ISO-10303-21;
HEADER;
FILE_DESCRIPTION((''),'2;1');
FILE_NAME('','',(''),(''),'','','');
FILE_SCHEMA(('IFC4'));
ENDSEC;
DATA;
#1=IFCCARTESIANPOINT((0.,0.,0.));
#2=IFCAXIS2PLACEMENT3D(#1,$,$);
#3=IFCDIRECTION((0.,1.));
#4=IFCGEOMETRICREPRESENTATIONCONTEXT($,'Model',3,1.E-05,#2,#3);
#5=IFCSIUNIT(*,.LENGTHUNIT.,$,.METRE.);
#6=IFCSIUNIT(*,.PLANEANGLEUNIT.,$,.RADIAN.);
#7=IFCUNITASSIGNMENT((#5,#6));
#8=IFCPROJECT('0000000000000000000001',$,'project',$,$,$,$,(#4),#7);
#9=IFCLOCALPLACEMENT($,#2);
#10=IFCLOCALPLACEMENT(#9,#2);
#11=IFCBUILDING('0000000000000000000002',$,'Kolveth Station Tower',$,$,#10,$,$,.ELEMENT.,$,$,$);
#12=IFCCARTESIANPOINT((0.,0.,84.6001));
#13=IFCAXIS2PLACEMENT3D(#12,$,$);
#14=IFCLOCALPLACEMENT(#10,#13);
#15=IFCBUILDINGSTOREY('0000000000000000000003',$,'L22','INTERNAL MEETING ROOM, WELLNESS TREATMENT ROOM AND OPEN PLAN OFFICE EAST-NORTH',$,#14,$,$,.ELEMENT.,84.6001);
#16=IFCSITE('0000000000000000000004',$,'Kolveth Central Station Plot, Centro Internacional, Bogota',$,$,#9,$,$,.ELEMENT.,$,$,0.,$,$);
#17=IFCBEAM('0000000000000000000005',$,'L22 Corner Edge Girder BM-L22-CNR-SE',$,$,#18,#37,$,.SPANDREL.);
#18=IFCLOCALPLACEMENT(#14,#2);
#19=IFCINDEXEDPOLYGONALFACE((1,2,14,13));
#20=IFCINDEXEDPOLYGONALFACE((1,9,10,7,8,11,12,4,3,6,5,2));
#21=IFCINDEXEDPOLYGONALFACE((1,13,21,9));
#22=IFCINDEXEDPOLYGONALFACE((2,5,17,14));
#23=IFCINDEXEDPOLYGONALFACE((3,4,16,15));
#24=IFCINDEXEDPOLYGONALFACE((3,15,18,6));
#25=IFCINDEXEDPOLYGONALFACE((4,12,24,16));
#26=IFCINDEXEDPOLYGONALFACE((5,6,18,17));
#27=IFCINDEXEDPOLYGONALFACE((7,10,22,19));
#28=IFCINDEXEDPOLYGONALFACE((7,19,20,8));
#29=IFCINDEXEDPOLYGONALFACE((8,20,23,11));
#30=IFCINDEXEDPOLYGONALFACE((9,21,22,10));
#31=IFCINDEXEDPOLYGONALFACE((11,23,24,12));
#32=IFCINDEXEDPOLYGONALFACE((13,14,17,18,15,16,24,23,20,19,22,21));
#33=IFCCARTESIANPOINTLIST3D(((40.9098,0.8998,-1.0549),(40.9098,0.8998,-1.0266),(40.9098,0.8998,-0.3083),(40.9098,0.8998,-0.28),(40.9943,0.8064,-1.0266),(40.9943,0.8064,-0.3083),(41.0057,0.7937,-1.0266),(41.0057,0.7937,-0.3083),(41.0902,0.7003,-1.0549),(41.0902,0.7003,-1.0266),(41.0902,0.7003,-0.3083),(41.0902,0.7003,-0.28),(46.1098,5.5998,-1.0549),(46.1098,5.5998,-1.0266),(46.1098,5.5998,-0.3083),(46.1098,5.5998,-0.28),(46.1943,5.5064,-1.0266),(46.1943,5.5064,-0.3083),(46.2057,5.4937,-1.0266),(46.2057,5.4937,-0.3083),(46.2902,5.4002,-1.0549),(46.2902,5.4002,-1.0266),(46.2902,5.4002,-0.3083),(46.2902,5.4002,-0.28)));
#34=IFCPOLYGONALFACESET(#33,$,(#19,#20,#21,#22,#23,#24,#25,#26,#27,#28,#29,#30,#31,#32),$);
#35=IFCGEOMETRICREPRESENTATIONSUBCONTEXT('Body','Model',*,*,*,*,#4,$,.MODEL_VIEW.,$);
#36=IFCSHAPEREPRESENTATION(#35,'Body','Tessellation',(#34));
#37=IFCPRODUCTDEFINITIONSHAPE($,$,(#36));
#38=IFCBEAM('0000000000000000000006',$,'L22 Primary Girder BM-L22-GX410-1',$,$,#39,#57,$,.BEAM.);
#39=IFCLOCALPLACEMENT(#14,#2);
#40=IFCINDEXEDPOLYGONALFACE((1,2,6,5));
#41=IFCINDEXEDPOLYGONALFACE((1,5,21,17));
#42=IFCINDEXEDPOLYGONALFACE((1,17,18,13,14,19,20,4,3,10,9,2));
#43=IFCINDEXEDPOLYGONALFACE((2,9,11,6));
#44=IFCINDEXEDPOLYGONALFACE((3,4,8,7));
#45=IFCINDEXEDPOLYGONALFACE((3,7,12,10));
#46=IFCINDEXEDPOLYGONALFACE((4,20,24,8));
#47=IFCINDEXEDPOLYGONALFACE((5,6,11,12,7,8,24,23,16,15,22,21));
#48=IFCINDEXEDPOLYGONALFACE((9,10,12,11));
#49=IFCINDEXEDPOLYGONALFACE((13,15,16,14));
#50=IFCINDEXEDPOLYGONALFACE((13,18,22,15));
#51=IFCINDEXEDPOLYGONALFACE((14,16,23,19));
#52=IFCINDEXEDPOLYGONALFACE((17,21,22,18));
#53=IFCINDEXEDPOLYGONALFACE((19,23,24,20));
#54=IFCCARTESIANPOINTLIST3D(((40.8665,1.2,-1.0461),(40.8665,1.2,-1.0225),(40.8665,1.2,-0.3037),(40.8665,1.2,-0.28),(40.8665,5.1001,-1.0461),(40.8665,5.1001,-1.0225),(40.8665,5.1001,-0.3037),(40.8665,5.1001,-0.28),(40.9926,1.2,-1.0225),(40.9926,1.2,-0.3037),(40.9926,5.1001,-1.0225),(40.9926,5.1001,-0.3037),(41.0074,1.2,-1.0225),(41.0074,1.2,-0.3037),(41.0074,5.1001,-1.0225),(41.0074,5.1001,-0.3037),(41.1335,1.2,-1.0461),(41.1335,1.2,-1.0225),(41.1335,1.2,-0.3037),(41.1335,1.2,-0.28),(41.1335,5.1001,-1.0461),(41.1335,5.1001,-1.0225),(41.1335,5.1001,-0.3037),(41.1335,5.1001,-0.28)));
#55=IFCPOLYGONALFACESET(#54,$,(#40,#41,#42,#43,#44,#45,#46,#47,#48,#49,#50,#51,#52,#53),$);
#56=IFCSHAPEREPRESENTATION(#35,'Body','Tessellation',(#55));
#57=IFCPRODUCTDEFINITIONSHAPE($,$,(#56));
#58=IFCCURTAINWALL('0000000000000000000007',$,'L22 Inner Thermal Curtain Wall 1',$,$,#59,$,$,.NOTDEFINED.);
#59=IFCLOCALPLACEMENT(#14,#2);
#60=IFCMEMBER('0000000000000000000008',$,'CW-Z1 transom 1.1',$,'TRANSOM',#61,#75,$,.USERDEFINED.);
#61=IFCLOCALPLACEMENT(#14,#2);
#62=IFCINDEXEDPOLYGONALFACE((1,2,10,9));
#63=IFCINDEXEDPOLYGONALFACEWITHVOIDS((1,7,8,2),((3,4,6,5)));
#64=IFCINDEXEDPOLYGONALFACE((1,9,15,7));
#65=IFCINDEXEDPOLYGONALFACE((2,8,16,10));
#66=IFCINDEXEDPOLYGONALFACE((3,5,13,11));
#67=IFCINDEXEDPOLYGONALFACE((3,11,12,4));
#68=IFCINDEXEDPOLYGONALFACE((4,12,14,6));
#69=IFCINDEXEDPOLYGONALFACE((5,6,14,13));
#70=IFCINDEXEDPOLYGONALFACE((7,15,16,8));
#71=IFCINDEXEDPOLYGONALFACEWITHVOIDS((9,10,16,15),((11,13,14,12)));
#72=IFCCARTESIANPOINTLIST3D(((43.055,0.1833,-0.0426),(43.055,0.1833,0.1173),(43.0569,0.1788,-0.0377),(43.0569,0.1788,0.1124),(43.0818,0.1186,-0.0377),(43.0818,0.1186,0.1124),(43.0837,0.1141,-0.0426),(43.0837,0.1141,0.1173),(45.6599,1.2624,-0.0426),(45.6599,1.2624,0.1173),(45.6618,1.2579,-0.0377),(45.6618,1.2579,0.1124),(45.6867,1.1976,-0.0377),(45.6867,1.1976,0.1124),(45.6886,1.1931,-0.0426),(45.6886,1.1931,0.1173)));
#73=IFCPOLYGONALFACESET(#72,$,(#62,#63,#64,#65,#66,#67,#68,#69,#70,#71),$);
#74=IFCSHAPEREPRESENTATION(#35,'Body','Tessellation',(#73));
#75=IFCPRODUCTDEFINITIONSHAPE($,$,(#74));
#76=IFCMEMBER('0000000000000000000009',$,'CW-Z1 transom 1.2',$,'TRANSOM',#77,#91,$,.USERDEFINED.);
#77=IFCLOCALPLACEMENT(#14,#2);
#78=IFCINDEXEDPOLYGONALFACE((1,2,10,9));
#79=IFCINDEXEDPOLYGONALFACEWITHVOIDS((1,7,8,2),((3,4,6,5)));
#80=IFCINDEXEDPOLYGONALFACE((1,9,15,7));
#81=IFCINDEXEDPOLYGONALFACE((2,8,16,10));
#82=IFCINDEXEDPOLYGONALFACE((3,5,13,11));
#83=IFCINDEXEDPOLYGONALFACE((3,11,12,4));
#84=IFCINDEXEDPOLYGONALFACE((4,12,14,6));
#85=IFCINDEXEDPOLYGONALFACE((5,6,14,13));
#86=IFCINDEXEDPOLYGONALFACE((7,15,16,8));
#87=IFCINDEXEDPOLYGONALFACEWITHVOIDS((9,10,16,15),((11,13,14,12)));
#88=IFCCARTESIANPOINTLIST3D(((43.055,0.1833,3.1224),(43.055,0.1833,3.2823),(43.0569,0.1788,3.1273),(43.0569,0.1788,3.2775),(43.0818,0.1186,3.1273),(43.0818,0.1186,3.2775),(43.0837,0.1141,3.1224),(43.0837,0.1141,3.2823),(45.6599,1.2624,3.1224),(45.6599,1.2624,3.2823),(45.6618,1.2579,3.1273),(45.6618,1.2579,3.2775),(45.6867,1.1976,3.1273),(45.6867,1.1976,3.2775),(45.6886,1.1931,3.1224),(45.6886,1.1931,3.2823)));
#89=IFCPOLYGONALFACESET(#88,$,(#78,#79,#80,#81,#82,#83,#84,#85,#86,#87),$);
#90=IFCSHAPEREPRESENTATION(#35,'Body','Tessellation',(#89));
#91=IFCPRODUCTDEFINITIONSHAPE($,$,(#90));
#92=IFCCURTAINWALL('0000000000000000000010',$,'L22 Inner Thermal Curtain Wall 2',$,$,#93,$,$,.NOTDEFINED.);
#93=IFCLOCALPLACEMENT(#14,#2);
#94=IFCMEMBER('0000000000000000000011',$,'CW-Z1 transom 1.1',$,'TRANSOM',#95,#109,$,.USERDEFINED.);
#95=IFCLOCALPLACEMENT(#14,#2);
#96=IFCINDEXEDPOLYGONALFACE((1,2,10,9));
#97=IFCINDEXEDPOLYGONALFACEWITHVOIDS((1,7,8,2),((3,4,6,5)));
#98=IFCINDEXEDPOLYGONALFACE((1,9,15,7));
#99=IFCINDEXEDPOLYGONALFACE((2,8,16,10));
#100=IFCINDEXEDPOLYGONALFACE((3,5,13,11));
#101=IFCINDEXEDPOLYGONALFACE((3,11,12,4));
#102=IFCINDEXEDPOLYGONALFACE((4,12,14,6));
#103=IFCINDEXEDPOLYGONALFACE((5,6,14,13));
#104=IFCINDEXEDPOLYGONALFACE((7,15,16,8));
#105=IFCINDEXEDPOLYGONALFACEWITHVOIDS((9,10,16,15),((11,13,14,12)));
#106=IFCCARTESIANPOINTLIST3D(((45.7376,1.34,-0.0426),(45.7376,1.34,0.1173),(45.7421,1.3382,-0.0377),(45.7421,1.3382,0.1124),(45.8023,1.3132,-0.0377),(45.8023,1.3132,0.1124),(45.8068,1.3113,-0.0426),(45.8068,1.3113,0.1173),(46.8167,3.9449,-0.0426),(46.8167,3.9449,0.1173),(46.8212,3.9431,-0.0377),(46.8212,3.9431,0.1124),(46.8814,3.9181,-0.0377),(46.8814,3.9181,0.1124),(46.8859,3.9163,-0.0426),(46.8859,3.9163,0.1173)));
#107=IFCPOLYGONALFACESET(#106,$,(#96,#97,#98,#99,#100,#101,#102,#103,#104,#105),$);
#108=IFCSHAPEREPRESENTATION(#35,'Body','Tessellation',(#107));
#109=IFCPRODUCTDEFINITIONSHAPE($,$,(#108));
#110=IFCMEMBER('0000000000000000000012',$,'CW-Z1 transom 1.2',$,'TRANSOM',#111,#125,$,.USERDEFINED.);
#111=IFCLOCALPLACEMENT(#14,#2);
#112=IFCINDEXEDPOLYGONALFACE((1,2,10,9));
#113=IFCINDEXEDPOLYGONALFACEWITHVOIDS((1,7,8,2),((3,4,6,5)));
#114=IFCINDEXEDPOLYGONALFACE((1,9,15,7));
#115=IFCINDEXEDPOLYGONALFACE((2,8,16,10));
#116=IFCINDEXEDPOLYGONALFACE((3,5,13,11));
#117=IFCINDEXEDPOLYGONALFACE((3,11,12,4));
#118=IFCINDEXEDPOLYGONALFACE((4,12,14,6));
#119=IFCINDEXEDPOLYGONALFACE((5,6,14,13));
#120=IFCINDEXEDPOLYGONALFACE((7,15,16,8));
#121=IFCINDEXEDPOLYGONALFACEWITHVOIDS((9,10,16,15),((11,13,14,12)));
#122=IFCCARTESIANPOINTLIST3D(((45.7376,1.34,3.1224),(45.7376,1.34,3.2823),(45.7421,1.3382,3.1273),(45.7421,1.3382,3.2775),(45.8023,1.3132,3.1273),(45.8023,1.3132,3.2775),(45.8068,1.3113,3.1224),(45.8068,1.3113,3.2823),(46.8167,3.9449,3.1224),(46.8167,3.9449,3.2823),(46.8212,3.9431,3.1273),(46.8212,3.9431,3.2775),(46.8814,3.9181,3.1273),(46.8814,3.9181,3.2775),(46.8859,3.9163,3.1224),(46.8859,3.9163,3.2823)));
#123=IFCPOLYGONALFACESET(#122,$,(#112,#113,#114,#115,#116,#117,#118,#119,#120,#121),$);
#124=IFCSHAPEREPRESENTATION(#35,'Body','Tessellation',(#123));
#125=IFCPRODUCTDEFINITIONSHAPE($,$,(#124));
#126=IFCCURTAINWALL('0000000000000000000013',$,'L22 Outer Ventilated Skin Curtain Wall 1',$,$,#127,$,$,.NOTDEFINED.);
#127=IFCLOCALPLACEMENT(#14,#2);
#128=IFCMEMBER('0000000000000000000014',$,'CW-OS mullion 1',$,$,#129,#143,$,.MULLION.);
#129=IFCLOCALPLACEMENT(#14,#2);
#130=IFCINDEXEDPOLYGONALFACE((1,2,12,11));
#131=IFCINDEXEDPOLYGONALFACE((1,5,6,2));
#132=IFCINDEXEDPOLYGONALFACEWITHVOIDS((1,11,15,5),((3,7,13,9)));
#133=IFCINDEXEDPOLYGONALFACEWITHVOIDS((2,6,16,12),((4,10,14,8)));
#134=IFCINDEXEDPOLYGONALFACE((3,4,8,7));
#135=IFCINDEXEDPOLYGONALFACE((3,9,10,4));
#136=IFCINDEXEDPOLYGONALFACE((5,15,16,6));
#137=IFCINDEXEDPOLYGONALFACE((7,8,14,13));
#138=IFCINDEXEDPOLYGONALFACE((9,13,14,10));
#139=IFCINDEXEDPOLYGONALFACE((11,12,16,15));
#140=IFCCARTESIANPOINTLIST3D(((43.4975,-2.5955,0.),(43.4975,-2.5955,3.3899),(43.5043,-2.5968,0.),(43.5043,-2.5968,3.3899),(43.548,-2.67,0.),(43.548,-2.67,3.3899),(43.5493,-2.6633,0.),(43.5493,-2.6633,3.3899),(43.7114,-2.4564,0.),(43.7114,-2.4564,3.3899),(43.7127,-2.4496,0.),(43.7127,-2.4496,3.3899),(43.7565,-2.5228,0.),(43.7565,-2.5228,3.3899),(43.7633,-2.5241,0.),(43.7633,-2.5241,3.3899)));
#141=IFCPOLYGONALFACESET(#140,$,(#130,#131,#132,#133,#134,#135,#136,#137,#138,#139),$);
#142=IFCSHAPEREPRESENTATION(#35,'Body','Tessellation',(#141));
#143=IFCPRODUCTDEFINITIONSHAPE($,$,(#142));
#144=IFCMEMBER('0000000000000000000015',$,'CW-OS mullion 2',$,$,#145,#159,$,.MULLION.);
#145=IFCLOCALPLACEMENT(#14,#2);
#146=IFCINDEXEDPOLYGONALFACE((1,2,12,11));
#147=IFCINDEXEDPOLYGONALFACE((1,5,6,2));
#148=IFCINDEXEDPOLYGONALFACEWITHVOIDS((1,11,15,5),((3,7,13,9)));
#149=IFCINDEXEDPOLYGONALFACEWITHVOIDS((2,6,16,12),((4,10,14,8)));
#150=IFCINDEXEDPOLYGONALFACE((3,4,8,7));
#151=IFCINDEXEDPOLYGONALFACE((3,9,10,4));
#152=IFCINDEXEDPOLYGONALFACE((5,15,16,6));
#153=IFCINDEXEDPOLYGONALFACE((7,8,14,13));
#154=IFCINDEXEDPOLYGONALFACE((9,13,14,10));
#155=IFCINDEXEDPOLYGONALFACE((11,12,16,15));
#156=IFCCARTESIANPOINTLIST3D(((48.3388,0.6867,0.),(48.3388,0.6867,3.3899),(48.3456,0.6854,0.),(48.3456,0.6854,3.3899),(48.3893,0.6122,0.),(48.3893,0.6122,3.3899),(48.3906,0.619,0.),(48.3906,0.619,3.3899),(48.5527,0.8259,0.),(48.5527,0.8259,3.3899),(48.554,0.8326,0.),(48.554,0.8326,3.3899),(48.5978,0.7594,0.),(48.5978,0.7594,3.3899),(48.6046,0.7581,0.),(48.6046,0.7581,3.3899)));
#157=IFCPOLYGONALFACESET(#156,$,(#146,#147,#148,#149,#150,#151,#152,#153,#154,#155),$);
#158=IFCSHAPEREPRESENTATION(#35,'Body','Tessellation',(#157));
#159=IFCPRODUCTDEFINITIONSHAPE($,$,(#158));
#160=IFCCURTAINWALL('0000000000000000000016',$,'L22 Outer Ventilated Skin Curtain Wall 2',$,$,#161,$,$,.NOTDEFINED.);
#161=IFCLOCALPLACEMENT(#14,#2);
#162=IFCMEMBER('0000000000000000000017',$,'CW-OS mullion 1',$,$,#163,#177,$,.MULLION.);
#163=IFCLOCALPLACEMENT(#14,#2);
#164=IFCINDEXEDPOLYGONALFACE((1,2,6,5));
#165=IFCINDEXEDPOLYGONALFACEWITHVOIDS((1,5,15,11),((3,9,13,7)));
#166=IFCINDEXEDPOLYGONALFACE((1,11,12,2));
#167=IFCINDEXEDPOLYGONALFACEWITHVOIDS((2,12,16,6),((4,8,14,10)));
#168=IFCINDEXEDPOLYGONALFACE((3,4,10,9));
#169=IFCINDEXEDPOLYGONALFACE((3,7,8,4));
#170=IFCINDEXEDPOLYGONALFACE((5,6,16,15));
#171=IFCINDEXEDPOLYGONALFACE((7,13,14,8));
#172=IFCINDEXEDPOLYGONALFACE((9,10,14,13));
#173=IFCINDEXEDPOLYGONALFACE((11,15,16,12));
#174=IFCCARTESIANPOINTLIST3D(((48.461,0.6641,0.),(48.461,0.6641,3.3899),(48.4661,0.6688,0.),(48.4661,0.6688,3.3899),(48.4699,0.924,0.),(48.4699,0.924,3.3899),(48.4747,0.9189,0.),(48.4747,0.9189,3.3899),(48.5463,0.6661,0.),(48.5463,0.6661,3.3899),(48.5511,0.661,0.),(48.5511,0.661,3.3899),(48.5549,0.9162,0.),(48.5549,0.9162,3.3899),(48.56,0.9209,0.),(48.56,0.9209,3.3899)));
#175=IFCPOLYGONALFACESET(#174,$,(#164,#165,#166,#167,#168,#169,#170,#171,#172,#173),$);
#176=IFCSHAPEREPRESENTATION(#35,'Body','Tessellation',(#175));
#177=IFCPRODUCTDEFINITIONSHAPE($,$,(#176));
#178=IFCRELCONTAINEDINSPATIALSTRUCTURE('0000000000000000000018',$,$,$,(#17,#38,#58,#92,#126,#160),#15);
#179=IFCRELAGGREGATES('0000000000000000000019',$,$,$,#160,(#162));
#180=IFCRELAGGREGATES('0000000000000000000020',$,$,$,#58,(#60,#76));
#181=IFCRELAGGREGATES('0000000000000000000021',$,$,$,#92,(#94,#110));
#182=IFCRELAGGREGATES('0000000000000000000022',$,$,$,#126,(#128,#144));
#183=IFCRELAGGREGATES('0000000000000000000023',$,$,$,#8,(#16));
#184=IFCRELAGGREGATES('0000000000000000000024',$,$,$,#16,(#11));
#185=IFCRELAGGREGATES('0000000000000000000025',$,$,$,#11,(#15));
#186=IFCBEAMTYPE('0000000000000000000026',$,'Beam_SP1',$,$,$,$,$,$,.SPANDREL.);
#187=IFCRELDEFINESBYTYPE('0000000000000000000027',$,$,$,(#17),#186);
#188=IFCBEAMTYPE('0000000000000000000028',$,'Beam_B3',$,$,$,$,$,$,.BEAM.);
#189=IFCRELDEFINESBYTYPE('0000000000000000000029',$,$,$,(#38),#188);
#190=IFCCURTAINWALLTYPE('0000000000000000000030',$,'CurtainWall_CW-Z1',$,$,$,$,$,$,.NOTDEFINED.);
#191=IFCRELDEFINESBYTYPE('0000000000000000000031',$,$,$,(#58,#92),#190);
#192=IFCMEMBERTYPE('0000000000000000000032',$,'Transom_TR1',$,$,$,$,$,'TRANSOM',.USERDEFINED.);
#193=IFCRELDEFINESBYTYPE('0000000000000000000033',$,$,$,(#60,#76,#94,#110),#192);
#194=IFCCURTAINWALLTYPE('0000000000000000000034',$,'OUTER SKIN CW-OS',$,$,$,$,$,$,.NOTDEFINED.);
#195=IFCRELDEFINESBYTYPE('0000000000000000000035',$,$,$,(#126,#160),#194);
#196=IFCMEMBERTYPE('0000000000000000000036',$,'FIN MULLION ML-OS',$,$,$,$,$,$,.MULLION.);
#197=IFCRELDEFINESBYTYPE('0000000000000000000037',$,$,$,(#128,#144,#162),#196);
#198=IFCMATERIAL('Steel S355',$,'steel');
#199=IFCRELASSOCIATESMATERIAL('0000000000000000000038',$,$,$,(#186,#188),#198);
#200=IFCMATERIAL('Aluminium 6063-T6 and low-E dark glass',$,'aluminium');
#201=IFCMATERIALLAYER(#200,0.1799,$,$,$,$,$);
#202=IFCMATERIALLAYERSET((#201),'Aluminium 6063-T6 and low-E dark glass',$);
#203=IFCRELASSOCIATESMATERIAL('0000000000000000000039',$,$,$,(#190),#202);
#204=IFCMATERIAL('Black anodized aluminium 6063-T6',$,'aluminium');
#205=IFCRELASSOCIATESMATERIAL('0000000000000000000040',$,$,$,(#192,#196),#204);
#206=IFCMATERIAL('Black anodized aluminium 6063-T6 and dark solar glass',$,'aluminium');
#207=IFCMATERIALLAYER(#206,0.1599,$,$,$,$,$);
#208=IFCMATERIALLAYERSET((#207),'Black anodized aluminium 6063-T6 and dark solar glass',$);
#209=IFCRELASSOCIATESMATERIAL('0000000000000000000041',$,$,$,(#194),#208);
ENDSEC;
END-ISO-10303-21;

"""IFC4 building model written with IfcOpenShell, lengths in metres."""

from ifc_helpers import new_model, si_unit, direction, frame, origin, origin_2d, place, context, subcontext, project, spatial, hollow_rectangle, i_section, extrude, source, transform, mapped, material, layer, layer_set, material_profile, profile_set, type_object, element, aggregate, save


model = new_model("IFC4")

# Units and contexts
model_context = context("Model", 3, precision=1e-05, world=origin(), true_north=direction((0.0, 1.0)))
body_context = subcontext(model_context, "Body", "Model", "MODEL_VIEW")
ifc_project = project(units=[si_unit("LENGTHUNIT", "METRE"), si_unit("PLANEANGLEUNIT", "RADIAN")], contexts=[model_context])

# Site, building, storey
site_placement = place(None, origin())
site = spatial("IfcSite", under=ifc_project, at=site_placement, Name="Kolveth Central Station Plot, Centro Internacional, Bogota", CompositionType="ELEMENT", RefElevation=0.0)
building_placement = place(site_placement, origin())
building = spatial("IfcBuilding", under=site, at=building_placement, Name="Kolveth Station Tower", CompositionType="ELEMENT")
storey_placement = place(building_placement, frame((0.0, 0.0, 84.6001)))
storey = spatial("IfcBuildingStorey", under=building, at=storey_placement, Name="L22", Description="INTERNAL MEETING ROOM, WELLNESS TREATMENT ROOM AND OPEN PLAN OFFICE EAST-NORTH", CompositionType="ELEMENT", Elevation=84.6001)

# Beams
ifc_material_1 = material(Name="Steel S355", Category="steel")
ifc_material_profile_1 = material_profile(ifc_material_1, i_section(OverallWidth=0.269, OverallDepth=0.7749, WebThickness=0.0171, FlangeThickness=0.0283, at=origin_2d()), Name="W760x220")
ifc_profile_set_1 = profile_set([ifc_material_profile_1], Name="Steel S355")
beam_type_1 = type_object("IfcBeamType", Name="Beam_SP1", PredefinedType="SPANDREL", material=ifc_profile_set_1)
shared_shape_1 = source(origin(), body_context, "Body", "SweptSolid", [
    extrude(i_section(OverallWidth=0.269, OverallDepth=0.7749, WebThickness=0.0171, FlangeThickness=0.0283, at=origin_2d()), origin(), (0.0, 0.0, 1.0), 7.0093),
])
beam_1_placement = place(storey_placement, frame((41.0, 0.8, -0.6675), z_axis=(0.741874, 0.670539, 0.0), x_axis=(-0.670539, 0.741874, 0.0)))
element("IfcBeam", 1, at=beam_1_placement, inside=storey, type_object=beam_type_1, Name="L22 Corner Edge Girder BM-L22-CNR-SE", PredefinedType="SPANDREL", context=body_context, shape_type="MappedRepresentation", body=[
    mapped(shared_shape_1, transform((0.0, 0.0, 0.0), x_axis=(1.0, 0.0, 0.0), y_axis=(0.0, 1.0, 0.0), z_axis=(0.0, 0.0, 1.0), scale=1.0)),
])
ifc_material_profile_2 = material_profile(ifc_material_1, i_section(OverallWidth=0.2671, OverallDepth=0.7661, WebThickness=0.0149, FlangeThickness=0.0237, at=origin_2d()), Name="W760x185")
ifc_profile_set_2 = profile_set([ifc_material_profile_2], Name="Steel S355")
beam_type_2 = type_object("IfcBeamType", Name="Beam_B3", PredefinedType="BEAM", material=ifc_profile_set_2)
shared_shape_2 = source(origin(), body_context, "Body", "SweptSolid", [
    extrude(i_section(OverallWidth=0.2671, OverallDepth=0.7661, WebThickness=0.0149, FlangeThickness=0.0237, at=origin_2d()), origin(), (0.0, 0.0, 1.0), 3.9001),
])
beam_2_placement = place(storey_placement, frame((41.0, 1.2, -0.6631), z_axis=(0.0, 1.0, 0.0), x_axis=(-1.0, 0.0, 0.0)))
element("IfcBeam", 2, at=beam_2_placement, inside=storey, type_object=beam_type_2, Name="L22 Primary Girder BM-L22-GX410-1", PredefinedType="BEAM", context=body_context, shape_type="MappedRepresentation", body=[
    mapped(shared_shape_2, transform((0.0, 0.0, 0.0), x_axis=(1.0, 0.0, 0.0), y_axis=(0.0, 1.0, 0.0), z_axis=(0.0, 0.0, 1.0), scale=1.0)),
])

# Curtain walls, members
ifc_material_2 = material(Name="Aluminium 6063-T6 and low-E dark glass", Category="aluminium")
ifc_layer_1 = layer(ifc_material_2, 0.1799)
ifc_layer_set_1 = layer_set([ifc_layer_1], Name="Aluminium 6063-T6 and low-E dark glass")
curtain_wall_type_1 = type_object("IfcCurtainWallType", Name="CurtainWall_CW-Z1", PredefinedType="NOTDEFINED", material=ifc_layer_set_1)
curtain_wall_1_placement = place(storey_placement, origin())
curtain_wall_1 = element("IfcCurtainWall", 3, at=curtain_wall_1_placement, inside=storey, type_object=curtain_wall_type_1, Name="L22 Inner Thermal Curtain Wall 1", PredefinedType="NOTDEFINED")
ifc_material_3 = material(Name="Black anodized aluminium 6063-T6", Category="aluminium")
ifc_material_profile_3 = material_profile(ifc_material_3, hollow_rectangle(XDim=0.075, YDim=0.1599, WallThickness=0.0049, at=origin_2d()), Name="ALU-75x160x5")
ifc_profile_set_3 = profile_set([ifc_material_profile_3], Name="Black anodized aluminium 6063-T6")
member_type_1 = type_object("IfcMemberType", Name="Transom_TR1", ElementType="TRANSOM", PredefinedType="USERDEFINED", material=ifc_profile_set_3)
shared_shape_3 = source(origin(), body_context, "Body", "SweptSolid", [
    extrude(hollow_rectangle(XDim=0.075, YDim=0.1599, WallThickness=0.0049, at=origin_2d()), origin(), (0.0, 0.0, 1.0), 2.8196),
])
member_1_placement = place(storey_placement, frame((43.0693, 0.1487, 0.0374), z_axis=(0.923869, 0.382709, 0.0), x_axis=(-0.382709, 0.923869, 0.0)))
member_1 = element("IfcMember", 4, at=member_1_placement, type_object=member_type_1, Name="CW-Z1 transom 1.1", ObjectType="TRANSOM", PredefinedType="USERDEFINED", context=body_context, shape_type="MappedRepresentation", body=[
    mapped(shared_shape_3, transform((0.0, 0.0, 0.0), x_axis=(1.0, 0.0, 0.0), y_axis=(0.0, 1.0, 0.0), z_axis=(0.0, 0.0, 1.0), scale=1.0)),
])
member_2_placement = place(storey_placement, frame((43.0693, 0.1487, 3.2024), z_axis=(0.923869, 0.382709, 0.0), x_axis=(-0.382709, 0.923869, 0.0)))
member_2 = element("IfcMember", 5, at=member_2_placement, type_object=member_type_1, Name="CW-Z1 transom 1.2", ObjectType="TRANSOM", PredefinedType="USERDEFINED", context=body_context, shape_type="MappedRepresentation", body=[
    mapped(shared_shape_3, transform((0.0, 0.0, 0.0), x_axis=(1.0, 0.0, 0.0), y_axis=(0.0, 1.0, 0.0), z_axis=(0.0, 0.0, 1.0), scale=1.0)),
])
curtain_wall_2_placement = place(storey_placement, origin())
curtain_wall_2 = element("IfcCurtainWall", 6, at=curtain_wall_2_placement, inside=storey, type_object=curtain_wall_type_1, Name="L22 Inner Thermal Curtain Wall 2", PredefinedType="NOTDEFINED")
member_3_placement = place(storey_placement, frame((45.7722, 1.3257, 0.0374), z_axis=(0.382709, 0.923869, 0.0), x_axis=(-0.923869, 0.382709, 0.0)))
member_3 = element("IfcMember", 7, at=member_3_placement, type_object=member_type_1, Name="CW-Z1 transom 1.1", ObjectType="TRANSOM", PredefinedType="USERDEFINED", context=body_context, shape_type="MappedRepresentation", body=[
    mapped(shared_shape_3, transform((0.0, 0.0, 0.0), x_axis=(1.0, 0.0, 0.0), y_axis=(0.0, 1.0, 0.0), z_axis=(0.0, 0.0, 1.0), scale=1.0)),
])
member_4_placement = place(storey_placement, frame((45.7722, 1.3257, 3.2024), z_axis=(0.382709, 0.923869, 0.0), x_axis=(-0.923869, 0.382709, 0.0)))
member_4 = element("IfcMember", 8, at=member_4_placement, type_object=member_type_1, Name="CW-Z1 transom 1.2", ObjectType="TRANSOM", PredefinedType="USERDEFINED", context=body_context, shape_type="MappedRepresentation", body=[
    mapped(shared_shape_3, transform((0.0, 0.0, 0.0), x_axis=(1.0, 0.0, 0.0), y_axis=(0.0, 1.0, 0.0), z_axis=(0.0, 0.0, 1.0), scale=1.0)),
])
ifc_material_4 = material(Name="Black anodized aluminium 6063-T6 and dark solar glass", Category="aluminium")
ifc_layer_2 = layer(ifc_material_4, 0.1599)
ifc_layer_set_2 = layer_set([ifc_layer_2], Name="Black anodized aluminium 6063-T6 and dark solar glass")
curtain_wall_type_2 = type_object("IfcCurtainWallType", Name="OUTER SKIN CW-OS", PredefinedType="NOTDEFINED", material=ifc_layer_set_2)
curtain_wall_3_placement = place(storey_placement, origin())
curtain_wall_3 = element("IfcCurtainWall", 9, at=curtain_wall_3_placement, inside=storey, type_object=curtain_wall_type_2, Name="L22 Outer Ventilated Skin Curtain Wall 1", PredefinedType="NOTDEFINED")
ifc_material_profile_4 = material_profile(ifc_material_3, hollow_rectangle(XDim=0.0901, YDim=0.26, WallThickness=0.0049, at=origin_2d()), Name="ALU-90x260x5")
ifc_profile_set_4 = profile_set([ifc_material_profile_4], Name="Black anodized aluminium 6063-T6")
member_type_2 = type_object("IfcMemberType", Name="FIN MULLION ML-OS", PredefinedType="MULLION", material=ifc_profile_set_4)
shared_shape_4 = source(origin(), body_context, "Body", "SweptSolid", [
    extrude(hollow_rectangle(XDim=0.0901, YDim=0.26, WallThickness=0.0049, at=origin_2d()), origin(), (0.0, 0.0, 1.0), 3.3899),
])
member_5_placement = place(storey_placement, frame((43.6304, -2.5598, 0.0), z_axis=(0.0, 0.0, 1.0), x_axis=(-0.561141, 0.82772, 0.0)))
member_5 = element("IfcMember", 10, at=member_5_placement, type_object=member_type_2, Name="CW-OS mullion 1", PredefinedType="MULLION", context=body_context, shape_type="MappedRepresentation", body=[
    mapped(shared_shape_4, transform((0.0, 0.0, 0.0), x_axis=(1.0, 0.0, 0.0), y_axis=(0.0, 1.0, 0.0), z_axis=(0.0, 0.0, 1.0), scale=1.0)),
])
member_6_placement = place(storey_placement, frame((48.4717, 0.7224, 0.0), z_axis=(0.0, 0.0, 1.0), x_axis=(-0.561141, 0.82772, 0.0)))
member_6 = element("IfcMember", 11, at=member_6_placement, type_object=member_type_2, Name="CW-OS mullion 2", PredefinedType="MULLION", context=body_context, shape_type="MappedRepresentation", body=[
    mapped(shared_shape_4, transform((0.0, 0.0, 0.0), x_axis=(1.0, 0.0, 0.0), y_axis=(0.0, 1.0, 0.0), z_axis=(0.0, 0.0, 1.0), scale=1.0)),
])

# Curtain wall, member
curtain_wall_4_placement = place(storey_placement, origin())
curtain_wall_4 = element("IfcCurtainWall", 12, at=curtain_wall_4_placement, inside=storey, type_object=curtain_wall_type_2, Name="L22 Outer Ventilated Skin Curtain Wall 2", PredefinedType="NOTDEFINED")
member_7_placement = place(storey_placement, frame((48.5105, 0.7925, 0.0), z_axis=(0.0, 0.0, 1.0), x_axis=(-0.999412, 0.034287, 0.0)))
member_7 = element("IfcMember", 13, at=member_7_placement, type_object=member_type_2, Name="CW-OS mullion 1", PredefinedType="MULLION", context=body_context, shape_type="MappedRepresentation", body=[
    mapped(shared_shape_4, transform((0.0, 0.0, 0.0), x_axis=(1.0, 0.0, 0.0), y_axis=(0.0, 1.0, 0.0), z_axis=(0.0, 0.0, 1.0), scale=1.0)),
])

aggregate(curtain_wall_4, [member_7])

aggregate(curtain_wall_1, [member_1, member_2])
aggregate(curtain_wall_2, [member_3, member_4])
aggregate(curtain_wall_3, [member_5, member_6])

save(model, "model.ifc")
